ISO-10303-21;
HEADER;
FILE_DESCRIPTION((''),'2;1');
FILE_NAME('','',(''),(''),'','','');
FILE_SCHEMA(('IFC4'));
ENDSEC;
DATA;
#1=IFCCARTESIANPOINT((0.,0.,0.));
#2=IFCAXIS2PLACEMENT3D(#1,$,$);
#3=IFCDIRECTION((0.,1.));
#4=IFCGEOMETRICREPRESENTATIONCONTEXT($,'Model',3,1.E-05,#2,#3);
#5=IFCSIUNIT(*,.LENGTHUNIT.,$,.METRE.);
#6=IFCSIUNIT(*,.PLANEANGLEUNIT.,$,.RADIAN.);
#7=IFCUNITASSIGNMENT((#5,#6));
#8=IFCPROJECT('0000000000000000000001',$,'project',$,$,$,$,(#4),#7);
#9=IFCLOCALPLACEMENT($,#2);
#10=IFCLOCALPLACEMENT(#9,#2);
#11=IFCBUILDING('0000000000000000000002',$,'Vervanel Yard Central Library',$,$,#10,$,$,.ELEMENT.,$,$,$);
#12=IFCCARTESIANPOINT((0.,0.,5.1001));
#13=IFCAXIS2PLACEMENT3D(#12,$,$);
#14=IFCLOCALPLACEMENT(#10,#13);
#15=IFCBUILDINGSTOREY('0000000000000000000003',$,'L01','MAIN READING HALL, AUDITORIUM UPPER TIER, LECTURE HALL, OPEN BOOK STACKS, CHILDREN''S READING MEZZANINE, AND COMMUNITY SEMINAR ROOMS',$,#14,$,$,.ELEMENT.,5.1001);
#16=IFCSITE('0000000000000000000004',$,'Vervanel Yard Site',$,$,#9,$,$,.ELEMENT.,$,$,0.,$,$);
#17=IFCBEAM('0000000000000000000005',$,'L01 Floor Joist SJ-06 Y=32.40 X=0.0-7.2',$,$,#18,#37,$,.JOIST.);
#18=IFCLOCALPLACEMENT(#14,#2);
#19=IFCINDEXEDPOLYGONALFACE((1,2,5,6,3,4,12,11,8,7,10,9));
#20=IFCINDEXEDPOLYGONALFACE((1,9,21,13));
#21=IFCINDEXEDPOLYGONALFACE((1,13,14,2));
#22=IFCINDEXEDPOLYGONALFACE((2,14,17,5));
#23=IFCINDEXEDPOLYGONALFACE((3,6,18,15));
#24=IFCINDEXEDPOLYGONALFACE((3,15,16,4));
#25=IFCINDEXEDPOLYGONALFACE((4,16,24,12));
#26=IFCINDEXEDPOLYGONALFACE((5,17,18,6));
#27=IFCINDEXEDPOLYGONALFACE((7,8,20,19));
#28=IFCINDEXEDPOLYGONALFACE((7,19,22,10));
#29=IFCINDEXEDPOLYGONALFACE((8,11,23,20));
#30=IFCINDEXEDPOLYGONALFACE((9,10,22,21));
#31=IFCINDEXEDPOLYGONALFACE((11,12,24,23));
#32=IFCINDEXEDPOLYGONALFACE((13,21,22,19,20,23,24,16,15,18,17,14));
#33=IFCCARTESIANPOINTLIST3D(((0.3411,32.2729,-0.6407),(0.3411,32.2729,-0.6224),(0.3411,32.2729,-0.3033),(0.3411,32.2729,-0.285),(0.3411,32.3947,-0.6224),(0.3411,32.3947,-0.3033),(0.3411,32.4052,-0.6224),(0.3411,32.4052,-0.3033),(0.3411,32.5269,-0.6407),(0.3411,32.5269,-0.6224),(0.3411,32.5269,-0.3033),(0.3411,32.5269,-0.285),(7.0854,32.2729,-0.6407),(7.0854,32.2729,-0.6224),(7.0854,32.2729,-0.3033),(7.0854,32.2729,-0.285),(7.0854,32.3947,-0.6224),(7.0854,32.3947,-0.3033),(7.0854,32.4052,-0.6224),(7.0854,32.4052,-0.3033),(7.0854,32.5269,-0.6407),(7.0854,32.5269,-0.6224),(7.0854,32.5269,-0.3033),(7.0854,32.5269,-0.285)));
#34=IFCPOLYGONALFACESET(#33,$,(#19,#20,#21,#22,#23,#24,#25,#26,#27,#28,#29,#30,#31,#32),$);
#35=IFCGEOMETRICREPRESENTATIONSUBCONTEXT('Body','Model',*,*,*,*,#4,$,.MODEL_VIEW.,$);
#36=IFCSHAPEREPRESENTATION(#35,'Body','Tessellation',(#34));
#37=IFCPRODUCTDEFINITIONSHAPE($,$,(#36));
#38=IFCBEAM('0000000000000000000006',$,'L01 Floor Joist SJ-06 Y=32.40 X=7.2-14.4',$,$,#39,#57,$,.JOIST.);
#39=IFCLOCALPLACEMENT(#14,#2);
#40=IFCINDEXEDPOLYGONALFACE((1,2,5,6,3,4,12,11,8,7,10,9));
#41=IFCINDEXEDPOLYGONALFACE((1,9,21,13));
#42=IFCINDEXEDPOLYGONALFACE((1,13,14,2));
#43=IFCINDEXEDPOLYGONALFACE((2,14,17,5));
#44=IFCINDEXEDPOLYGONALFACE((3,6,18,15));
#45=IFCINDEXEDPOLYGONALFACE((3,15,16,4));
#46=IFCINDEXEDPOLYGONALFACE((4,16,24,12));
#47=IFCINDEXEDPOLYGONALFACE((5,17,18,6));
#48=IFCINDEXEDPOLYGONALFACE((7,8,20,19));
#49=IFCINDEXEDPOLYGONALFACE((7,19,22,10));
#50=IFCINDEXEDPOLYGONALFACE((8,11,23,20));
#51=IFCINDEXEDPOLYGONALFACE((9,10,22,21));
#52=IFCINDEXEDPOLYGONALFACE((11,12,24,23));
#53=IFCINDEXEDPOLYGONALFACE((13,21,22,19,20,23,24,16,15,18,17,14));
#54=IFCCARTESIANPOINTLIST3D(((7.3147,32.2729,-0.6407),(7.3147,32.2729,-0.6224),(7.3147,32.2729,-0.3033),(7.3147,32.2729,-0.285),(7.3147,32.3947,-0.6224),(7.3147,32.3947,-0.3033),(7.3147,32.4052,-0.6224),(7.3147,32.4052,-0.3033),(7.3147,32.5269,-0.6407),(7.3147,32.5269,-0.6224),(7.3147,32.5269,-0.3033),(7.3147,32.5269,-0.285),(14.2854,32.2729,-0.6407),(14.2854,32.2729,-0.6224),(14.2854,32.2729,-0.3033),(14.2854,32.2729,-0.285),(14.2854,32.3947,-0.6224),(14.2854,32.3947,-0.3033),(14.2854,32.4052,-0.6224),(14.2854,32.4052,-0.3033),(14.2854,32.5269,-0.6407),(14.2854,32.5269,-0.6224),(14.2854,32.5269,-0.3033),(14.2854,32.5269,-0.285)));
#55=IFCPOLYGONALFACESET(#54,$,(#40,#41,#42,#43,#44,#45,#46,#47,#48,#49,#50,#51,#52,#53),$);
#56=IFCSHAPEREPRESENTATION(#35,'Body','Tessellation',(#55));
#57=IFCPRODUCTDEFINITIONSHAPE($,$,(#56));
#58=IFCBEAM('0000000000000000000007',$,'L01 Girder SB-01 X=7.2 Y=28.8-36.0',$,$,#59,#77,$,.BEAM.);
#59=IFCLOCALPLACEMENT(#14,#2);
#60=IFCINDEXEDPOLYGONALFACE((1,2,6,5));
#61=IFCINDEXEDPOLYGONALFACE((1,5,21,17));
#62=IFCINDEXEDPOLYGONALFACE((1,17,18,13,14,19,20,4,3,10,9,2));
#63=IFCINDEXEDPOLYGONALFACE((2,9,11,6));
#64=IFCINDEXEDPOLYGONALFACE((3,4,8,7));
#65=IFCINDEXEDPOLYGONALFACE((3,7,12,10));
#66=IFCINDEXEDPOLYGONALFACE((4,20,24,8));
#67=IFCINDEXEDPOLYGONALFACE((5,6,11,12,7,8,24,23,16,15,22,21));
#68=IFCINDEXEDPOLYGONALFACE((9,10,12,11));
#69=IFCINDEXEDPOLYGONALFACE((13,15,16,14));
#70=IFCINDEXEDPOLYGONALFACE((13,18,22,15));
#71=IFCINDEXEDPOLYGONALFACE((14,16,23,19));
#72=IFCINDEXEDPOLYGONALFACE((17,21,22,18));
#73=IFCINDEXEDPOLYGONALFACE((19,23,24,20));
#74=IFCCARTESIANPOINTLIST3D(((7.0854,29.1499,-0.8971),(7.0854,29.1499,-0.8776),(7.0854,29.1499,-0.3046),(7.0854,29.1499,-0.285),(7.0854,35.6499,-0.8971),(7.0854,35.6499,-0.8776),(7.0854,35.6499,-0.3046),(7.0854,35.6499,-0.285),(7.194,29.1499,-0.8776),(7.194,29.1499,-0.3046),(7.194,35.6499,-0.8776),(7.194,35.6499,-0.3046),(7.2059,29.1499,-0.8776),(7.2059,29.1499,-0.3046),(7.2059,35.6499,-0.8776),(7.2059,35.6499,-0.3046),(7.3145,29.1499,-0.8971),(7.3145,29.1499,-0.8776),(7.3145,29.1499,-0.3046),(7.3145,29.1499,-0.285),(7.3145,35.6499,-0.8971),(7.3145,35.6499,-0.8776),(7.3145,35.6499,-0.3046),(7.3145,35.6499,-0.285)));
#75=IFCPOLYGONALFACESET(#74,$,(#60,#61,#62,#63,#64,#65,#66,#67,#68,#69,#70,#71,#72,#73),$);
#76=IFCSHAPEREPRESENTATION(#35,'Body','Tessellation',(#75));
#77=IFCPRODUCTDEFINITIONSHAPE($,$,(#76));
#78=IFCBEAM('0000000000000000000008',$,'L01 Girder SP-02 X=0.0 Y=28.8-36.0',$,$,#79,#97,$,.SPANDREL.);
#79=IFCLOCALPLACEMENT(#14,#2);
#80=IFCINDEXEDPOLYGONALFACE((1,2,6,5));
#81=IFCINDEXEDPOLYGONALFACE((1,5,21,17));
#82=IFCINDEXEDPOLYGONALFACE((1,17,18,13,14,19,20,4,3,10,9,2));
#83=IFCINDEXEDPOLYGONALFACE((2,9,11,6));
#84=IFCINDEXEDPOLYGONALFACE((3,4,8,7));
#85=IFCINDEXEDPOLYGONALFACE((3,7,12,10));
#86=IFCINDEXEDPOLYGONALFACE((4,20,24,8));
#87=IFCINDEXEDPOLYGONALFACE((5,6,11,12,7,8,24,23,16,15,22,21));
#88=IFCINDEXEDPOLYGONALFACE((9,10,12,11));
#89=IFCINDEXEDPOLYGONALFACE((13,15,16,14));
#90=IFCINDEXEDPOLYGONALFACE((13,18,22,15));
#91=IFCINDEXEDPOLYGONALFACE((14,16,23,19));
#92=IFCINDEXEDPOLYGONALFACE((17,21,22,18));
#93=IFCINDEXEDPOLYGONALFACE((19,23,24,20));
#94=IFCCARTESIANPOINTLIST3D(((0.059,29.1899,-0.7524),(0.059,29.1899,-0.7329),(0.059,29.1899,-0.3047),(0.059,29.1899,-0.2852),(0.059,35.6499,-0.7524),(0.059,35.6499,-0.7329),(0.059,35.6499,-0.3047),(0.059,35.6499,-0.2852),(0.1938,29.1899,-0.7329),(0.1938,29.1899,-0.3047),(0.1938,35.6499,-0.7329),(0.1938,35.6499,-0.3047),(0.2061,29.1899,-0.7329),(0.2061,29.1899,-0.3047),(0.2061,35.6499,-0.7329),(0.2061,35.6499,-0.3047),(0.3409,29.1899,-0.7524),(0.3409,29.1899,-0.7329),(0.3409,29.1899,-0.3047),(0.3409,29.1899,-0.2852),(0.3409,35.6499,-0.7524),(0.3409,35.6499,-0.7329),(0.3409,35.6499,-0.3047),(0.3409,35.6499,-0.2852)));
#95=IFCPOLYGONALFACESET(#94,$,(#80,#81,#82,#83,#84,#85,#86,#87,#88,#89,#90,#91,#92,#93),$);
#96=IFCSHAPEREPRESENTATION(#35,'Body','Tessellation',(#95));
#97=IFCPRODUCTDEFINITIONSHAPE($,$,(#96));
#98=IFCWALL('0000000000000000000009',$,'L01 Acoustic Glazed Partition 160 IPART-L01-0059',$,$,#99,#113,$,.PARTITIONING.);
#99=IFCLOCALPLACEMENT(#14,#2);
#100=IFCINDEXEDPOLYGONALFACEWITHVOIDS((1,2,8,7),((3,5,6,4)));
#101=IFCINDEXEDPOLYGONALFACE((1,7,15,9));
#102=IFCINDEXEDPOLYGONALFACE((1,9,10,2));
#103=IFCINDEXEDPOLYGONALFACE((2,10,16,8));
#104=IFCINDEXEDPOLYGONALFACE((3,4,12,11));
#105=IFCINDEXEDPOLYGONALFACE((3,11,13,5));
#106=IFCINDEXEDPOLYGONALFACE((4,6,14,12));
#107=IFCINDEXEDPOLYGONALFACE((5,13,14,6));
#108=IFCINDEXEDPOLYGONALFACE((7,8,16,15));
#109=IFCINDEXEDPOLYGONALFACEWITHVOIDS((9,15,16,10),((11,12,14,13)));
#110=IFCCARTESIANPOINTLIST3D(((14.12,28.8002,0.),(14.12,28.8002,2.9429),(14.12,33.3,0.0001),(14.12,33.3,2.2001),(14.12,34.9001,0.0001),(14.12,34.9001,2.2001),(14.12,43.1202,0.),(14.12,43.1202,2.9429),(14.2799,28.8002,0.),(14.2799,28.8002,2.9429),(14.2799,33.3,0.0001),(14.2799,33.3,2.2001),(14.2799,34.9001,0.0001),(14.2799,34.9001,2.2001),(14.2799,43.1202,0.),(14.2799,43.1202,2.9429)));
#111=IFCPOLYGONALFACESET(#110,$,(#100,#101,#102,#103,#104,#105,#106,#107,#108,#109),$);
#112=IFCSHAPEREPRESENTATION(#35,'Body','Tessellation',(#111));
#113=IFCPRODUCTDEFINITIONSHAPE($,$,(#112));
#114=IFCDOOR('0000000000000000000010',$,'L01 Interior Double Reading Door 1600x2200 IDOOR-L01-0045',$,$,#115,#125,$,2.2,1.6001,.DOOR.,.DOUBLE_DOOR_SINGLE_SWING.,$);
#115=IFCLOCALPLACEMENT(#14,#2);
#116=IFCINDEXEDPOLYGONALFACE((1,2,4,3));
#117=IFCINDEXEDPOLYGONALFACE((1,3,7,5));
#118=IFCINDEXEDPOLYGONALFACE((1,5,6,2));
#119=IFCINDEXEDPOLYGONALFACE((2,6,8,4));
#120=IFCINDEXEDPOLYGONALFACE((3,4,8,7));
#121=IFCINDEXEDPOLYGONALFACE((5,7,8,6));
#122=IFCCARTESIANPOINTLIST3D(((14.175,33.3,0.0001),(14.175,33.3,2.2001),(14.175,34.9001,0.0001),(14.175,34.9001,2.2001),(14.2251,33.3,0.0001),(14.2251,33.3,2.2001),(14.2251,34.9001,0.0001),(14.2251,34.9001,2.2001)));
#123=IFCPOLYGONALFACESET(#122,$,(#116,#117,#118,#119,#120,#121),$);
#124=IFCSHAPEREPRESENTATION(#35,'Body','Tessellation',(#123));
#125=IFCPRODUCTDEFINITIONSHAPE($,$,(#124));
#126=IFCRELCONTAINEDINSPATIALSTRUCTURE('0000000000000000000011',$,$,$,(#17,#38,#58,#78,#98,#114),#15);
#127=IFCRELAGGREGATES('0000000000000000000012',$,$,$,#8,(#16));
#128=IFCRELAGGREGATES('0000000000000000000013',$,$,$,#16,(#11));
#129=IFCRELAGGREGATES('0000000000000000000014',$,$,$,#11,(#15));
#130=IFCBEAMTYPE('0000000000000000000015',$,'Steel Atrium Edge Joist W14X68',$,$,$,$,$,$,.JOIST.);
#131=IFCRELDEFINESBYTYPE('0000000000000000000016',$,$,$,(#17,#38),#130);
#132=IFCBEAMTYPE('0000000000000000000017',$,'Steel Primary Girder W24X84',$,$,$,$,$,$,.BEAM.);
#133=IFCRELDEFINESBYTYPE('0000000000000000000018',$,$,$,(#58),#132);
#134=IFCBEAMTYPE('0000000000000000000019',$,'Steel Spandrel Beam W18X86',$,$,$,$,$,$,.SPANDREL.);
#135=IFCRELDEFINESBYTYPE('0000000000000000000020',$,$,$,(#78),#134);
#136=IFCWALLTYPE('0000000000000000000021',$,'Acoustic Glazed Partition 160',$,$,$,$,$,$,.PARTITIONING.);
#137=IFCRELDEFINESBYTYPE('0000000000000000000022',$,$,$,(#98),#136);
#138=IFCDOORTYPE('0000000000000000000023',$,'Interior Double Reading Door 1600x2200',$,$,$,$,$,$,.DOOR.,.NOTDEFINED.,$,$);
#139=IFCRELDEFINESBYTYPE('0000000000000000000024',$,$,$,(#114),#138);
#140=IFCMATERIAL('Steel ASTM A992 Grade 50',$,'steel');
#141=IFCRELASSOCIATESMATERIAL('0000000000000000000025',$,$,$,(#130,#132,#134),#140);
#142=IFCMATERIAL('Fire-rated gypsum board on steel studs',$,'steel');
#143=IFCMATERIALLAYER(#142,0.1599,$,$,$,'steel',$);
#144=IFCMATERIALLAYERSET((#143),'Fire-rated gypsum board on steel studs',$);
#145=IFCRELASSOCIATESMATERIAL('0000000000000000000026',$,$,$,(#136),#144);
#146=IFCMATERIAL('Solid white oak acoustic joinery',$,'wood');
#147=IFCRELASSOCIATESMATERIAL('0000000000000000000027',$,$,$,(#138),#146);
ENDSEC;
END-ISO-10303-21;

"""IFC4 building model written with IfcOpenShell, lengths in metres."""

from ifc_helpers import new_model, si_unit, direction, frame, frame_2d, origin, origin_2d, place, context, subcontext, project, spatial, rectangle, i_section, extrude, material, layer, layer_set, material_profile, profile_set, type_object, element, fill, save


model = new_model("IFC4")

# Units and contexts
model_context = context("Model", 3, precision=1e-05, world=origin(), true_north=direction((0.0, 1.0)))
body_context = subcontext(model_context, "Body", "Model", "MODEL_VIEW")
ifc_project = project(units=[si_unit("LENGTHUNIT", "METRE"), si_unit("PLANEANGLEUNIT", "RADIAN")], contexts=[model_context])

# Site, building, storey
site_placement = place(None, origin())
site = spatial("IfcSite", under=ifc_project, at=site_placement, Name="Vervanel Yard Site", CompositionType="ELEMENT", RefElevation=0.0)
building_placement = place(site_placement, origin())
building = spatial("IfcBuilding", under=site, at=building_placement, Name="Vervanel Yard Central Library", CompositionType="ELEMENT")
storey_placement = place(building_placement, frame((0.0, 0.0, 5.1001)))
storey = spatial("IfcBuildingStorey", under=building, at=storey_placement, Name="L01", Description="MAIN READING HALL, AUDITORIUM UPPER TIER, LECTURE HALL, OPEN BOOK STACKS, CHILDREN'S READING MEZZANINE, AND COMMUNITY SEMINAR ROOMS", CompositionType="ELEMENT", Elevation=5.1001)

# Beams
ifc_material_1 = material(Name="Steel ASTM A992 Grade 50", Category="steel")
ifc_material_profile_1 = material_profile(ifc_material_1, i_section(OverallWidth=0.2539, OverallDepth=0.3557, WebThickness=0.0105, FlangeThickness=0.0183, at=origin_2d()), Name="W14X68", Category="steel")
ifc_profile_set_1 = profile_set([ifc_material_profile_1], Name="Steel ASTM A992 Grade 50")
beam_type_1 = type_object("IfcBeamType", Name="Steel Atrium Edge Joist W14X68", PredefinedType="JOIST", material=ifc_profile_set_1)
beam_1_placement = place(storey_placement, frame((0.3411, 32.3999, -0.4629), z_axis=(1.0, 0.0, 0.0), x_axis=(0.0, 1.0, 0.0)))
element("IfcBeam", 1, at=beam_1_placement, inside=storey, type_object=beam_type_1, Name="L01 Floor Joist SJ-06 Y=32.40 X=0.0-7.2", PredefinedType="JOIST", context=body_context, shape_type="SweptSolid", body=[
    extrude(i_section(OverallWidth=0.2539, OverallDepth=0.3557, WebThickness=0.0105, FlangeThickness=0.0183, at=origin_2d()), origin(), (0.0, 0.0, 1.0), 6.7444),
])
beam_2_placement = place(storey_placement, frame((7.3147, 32.3999, -0.4629), z_axis=(1.0, 0.0, 0.0), x_axis=(0.0, 1.0, 0.0)))
element("IfcBeam", 2, at=beam_2_placement, inside=storey, type_object=beam_type_1, Name="L01 Floor Joist SJ-06 Y=32.40 X=7.2-14.4", PredefinedType="JOIST", context=body_context, shape_type="SweptSolid", body=[
    extrude(i_section(OverallWidth=0.2539, OverallDepth=0.3557, WebThickness=0.0105, FlangeThickness=0.0183, at=origin_2d()), origin(), (0.0, 0.0, 1.0), 6.9707),
])
ifc_material_profile_2 = material_profile(ifc_material_1, i_section(OverallWidth=0.229, OverallDepth=0.6121, WebThickness=0.012, FlangeThickness=0.0195, at=origin_2d()), Name="W24X84", Category="steel")
ifc_profile_set_2 = profile_set([ifc_material_profile_2], Name="Steel ASTM A992 Grade 50")
beam_type_2 = type_object("IfcBeamType", Name="Steel Primary Girder W24X84", PredefinedType="BEAM", material=ifc_profile_set_2)
beam_3_placement = place(storey_placement, frame((7.2, 29.1499, -0.5911), z_axis=(0.0, 1.0, 0.0), x_axis=(-1.0, 0.0, 0.0)))
element("IfcBeam", 3, at=beam_3_placement, inside=storey, type_object=beam_type_2, Name="L01 Girder SB-01 X=7.2 Y=28.8-36.0", PredefinedType="BEAM", context=body_context, shape_type="SweptSolid", body=[
    extrude(i_section(OverallWidth=0.229, OverallDepth=0.6121, WebThickness=0.012, FlangeThickness=0.0195, at=origin_2d()), origin(), (0.0, 0.0, 1.0), 6.5),
])
ifc_material_profile_3 = material_profile(ifc_material_1, i_section(OverallWidth=0.282, OverallDepth=0.4673, WebThickness=0.0122, FlangeThickness=0.0195, at=origin_2d()), Name="W18X86", Category="steel")
ifc_profile_set_3 = profile_set([ifc_material_profile_3], Name="Steel ASTM A992 Grade 50")
beam_type_3 = type_object("IfcBeamType", Name="Steel Spandrel Beam W18X86", PredefinedType="SPANDREL", material=ifc_profile_set_3)
beam_4_placement = place(storey_placement, frame((0.2, 29.1899, -0.5188), z_axis=(0.0, 1.0, 0.0), x_axis=(-1.0, 0.0, 0.0)))
element("IfcBeam", 4, at=beam_4_placement, inside=storey, type_object=beam_type_3, Name="L01 Girder SP-02 X=0.0 Y=28.8-36.0", PredefinedType="SPANDREL", context=body_context, shape_type="SweptSolid", body=[
    extrude(i_section(OverallWidth=0.282, OverallDepth=0.4673, WebThickness=0.0122, FlangeThickness=0.0195, at=origin_2d()), origin(), (0.0, 0.0, 1.0), 6.46),
])

# Wall, opening, door
ifc_material_2 = material(Name="Fire-rated gypsum board on steel studs", Category="steel")
ifc_layer_1 = layer(ifc_material_2, 0.1599, Category="steel")
ifc_layer_set_1 = layer_set([ifc_layer_1], Name="Fire-rated gypsum board on steel studs")
wall_type_1 = type_object("IfcWallType", Name="Acoustic Glazed Partition 160", PredefinedType="PARTITIONING", material=ifc_layer_set_1)
wall_1_placement = place(storey_placement, frame((14.2, 28.8, 0.0), z_axis=(0.0, 0.0, 1.0), x_axis=(0.0, 1.0, 0.0)))
wall_1 = element("IfcWall", 5, at=wall_1_placement, inside=storey, type_object=wall_type_1, Name="L01 Acoustic Glazed Partition 160 IPART-L01-0059", PredefinedType="PARTITIONING", context=body_context, shape_type="SweptSolid", body=[
    extrude(rectangle(XDim=14.3201, YDim=0.1599, at=frame_2d((7.1602, 0.0))), origin(), (0.0, 0.0, 1.0), 2.9429),
])
opening_1_placement = place(wall_1_placement, frame((4.5, 0.0, 0.0)))
opening_1 = element("IfcOpeningElement", 6, at=opening_1_placement, cuts=wall_1, PredefinedType="OPENING", context=body_context, shape_type="SweptSolid", body=[
    extrude(rectangle(XDim=1.6001, YDim=2.2, at=frame_2d((0.8, 1.1001))), frame((0.0, 0.0898, 0.0), z_axis=(0.0, -1.0, 0.0), x_axis=(1.0, 0.0, 0.0)), (0.0, 0.0, 1.0), 0.1799),
])
ifc_material_3 = material(Name="Solid white oak acoustic joinery", Category="wood")
door_type_1 = type_object("IfcDoorType", Name="Interior Double Reading Door 1600x2200", OperationType="NOTDEFINED", PredefinedType="DOOR", material=ifc_material_3)
door_1_placement = place(opening_1_placement, origin())
door_1 = element("IfcDoor", 7, at=door_1_placement, inside=storey, type_object=door_type_1, Name="L01 Interior Double Reading Door 1600x2200 IDOOR-L01-0045", OperationType="DOUBLE_DOOR_SINGLE_SWING", OverallHeight=2.2, OverallWidth=1.6001, PredefinedType="DOOR", context=body_context, shape_type="SweptSolid", body=[
    extrude(rectangle(XDim=1.6001, YDim=2.2, at=frame_2d((0.8, 1.1001))), frame((0.0, 0.0249, 0.0), z_axis=(0.0, -1.0, 0.0), x_axis=(1.0, 0.0, 0.0)), (0.0, 0.0, 1.0), 0.05),
])
fill(opening_1, door_1)

save(model, "model.ifc")
